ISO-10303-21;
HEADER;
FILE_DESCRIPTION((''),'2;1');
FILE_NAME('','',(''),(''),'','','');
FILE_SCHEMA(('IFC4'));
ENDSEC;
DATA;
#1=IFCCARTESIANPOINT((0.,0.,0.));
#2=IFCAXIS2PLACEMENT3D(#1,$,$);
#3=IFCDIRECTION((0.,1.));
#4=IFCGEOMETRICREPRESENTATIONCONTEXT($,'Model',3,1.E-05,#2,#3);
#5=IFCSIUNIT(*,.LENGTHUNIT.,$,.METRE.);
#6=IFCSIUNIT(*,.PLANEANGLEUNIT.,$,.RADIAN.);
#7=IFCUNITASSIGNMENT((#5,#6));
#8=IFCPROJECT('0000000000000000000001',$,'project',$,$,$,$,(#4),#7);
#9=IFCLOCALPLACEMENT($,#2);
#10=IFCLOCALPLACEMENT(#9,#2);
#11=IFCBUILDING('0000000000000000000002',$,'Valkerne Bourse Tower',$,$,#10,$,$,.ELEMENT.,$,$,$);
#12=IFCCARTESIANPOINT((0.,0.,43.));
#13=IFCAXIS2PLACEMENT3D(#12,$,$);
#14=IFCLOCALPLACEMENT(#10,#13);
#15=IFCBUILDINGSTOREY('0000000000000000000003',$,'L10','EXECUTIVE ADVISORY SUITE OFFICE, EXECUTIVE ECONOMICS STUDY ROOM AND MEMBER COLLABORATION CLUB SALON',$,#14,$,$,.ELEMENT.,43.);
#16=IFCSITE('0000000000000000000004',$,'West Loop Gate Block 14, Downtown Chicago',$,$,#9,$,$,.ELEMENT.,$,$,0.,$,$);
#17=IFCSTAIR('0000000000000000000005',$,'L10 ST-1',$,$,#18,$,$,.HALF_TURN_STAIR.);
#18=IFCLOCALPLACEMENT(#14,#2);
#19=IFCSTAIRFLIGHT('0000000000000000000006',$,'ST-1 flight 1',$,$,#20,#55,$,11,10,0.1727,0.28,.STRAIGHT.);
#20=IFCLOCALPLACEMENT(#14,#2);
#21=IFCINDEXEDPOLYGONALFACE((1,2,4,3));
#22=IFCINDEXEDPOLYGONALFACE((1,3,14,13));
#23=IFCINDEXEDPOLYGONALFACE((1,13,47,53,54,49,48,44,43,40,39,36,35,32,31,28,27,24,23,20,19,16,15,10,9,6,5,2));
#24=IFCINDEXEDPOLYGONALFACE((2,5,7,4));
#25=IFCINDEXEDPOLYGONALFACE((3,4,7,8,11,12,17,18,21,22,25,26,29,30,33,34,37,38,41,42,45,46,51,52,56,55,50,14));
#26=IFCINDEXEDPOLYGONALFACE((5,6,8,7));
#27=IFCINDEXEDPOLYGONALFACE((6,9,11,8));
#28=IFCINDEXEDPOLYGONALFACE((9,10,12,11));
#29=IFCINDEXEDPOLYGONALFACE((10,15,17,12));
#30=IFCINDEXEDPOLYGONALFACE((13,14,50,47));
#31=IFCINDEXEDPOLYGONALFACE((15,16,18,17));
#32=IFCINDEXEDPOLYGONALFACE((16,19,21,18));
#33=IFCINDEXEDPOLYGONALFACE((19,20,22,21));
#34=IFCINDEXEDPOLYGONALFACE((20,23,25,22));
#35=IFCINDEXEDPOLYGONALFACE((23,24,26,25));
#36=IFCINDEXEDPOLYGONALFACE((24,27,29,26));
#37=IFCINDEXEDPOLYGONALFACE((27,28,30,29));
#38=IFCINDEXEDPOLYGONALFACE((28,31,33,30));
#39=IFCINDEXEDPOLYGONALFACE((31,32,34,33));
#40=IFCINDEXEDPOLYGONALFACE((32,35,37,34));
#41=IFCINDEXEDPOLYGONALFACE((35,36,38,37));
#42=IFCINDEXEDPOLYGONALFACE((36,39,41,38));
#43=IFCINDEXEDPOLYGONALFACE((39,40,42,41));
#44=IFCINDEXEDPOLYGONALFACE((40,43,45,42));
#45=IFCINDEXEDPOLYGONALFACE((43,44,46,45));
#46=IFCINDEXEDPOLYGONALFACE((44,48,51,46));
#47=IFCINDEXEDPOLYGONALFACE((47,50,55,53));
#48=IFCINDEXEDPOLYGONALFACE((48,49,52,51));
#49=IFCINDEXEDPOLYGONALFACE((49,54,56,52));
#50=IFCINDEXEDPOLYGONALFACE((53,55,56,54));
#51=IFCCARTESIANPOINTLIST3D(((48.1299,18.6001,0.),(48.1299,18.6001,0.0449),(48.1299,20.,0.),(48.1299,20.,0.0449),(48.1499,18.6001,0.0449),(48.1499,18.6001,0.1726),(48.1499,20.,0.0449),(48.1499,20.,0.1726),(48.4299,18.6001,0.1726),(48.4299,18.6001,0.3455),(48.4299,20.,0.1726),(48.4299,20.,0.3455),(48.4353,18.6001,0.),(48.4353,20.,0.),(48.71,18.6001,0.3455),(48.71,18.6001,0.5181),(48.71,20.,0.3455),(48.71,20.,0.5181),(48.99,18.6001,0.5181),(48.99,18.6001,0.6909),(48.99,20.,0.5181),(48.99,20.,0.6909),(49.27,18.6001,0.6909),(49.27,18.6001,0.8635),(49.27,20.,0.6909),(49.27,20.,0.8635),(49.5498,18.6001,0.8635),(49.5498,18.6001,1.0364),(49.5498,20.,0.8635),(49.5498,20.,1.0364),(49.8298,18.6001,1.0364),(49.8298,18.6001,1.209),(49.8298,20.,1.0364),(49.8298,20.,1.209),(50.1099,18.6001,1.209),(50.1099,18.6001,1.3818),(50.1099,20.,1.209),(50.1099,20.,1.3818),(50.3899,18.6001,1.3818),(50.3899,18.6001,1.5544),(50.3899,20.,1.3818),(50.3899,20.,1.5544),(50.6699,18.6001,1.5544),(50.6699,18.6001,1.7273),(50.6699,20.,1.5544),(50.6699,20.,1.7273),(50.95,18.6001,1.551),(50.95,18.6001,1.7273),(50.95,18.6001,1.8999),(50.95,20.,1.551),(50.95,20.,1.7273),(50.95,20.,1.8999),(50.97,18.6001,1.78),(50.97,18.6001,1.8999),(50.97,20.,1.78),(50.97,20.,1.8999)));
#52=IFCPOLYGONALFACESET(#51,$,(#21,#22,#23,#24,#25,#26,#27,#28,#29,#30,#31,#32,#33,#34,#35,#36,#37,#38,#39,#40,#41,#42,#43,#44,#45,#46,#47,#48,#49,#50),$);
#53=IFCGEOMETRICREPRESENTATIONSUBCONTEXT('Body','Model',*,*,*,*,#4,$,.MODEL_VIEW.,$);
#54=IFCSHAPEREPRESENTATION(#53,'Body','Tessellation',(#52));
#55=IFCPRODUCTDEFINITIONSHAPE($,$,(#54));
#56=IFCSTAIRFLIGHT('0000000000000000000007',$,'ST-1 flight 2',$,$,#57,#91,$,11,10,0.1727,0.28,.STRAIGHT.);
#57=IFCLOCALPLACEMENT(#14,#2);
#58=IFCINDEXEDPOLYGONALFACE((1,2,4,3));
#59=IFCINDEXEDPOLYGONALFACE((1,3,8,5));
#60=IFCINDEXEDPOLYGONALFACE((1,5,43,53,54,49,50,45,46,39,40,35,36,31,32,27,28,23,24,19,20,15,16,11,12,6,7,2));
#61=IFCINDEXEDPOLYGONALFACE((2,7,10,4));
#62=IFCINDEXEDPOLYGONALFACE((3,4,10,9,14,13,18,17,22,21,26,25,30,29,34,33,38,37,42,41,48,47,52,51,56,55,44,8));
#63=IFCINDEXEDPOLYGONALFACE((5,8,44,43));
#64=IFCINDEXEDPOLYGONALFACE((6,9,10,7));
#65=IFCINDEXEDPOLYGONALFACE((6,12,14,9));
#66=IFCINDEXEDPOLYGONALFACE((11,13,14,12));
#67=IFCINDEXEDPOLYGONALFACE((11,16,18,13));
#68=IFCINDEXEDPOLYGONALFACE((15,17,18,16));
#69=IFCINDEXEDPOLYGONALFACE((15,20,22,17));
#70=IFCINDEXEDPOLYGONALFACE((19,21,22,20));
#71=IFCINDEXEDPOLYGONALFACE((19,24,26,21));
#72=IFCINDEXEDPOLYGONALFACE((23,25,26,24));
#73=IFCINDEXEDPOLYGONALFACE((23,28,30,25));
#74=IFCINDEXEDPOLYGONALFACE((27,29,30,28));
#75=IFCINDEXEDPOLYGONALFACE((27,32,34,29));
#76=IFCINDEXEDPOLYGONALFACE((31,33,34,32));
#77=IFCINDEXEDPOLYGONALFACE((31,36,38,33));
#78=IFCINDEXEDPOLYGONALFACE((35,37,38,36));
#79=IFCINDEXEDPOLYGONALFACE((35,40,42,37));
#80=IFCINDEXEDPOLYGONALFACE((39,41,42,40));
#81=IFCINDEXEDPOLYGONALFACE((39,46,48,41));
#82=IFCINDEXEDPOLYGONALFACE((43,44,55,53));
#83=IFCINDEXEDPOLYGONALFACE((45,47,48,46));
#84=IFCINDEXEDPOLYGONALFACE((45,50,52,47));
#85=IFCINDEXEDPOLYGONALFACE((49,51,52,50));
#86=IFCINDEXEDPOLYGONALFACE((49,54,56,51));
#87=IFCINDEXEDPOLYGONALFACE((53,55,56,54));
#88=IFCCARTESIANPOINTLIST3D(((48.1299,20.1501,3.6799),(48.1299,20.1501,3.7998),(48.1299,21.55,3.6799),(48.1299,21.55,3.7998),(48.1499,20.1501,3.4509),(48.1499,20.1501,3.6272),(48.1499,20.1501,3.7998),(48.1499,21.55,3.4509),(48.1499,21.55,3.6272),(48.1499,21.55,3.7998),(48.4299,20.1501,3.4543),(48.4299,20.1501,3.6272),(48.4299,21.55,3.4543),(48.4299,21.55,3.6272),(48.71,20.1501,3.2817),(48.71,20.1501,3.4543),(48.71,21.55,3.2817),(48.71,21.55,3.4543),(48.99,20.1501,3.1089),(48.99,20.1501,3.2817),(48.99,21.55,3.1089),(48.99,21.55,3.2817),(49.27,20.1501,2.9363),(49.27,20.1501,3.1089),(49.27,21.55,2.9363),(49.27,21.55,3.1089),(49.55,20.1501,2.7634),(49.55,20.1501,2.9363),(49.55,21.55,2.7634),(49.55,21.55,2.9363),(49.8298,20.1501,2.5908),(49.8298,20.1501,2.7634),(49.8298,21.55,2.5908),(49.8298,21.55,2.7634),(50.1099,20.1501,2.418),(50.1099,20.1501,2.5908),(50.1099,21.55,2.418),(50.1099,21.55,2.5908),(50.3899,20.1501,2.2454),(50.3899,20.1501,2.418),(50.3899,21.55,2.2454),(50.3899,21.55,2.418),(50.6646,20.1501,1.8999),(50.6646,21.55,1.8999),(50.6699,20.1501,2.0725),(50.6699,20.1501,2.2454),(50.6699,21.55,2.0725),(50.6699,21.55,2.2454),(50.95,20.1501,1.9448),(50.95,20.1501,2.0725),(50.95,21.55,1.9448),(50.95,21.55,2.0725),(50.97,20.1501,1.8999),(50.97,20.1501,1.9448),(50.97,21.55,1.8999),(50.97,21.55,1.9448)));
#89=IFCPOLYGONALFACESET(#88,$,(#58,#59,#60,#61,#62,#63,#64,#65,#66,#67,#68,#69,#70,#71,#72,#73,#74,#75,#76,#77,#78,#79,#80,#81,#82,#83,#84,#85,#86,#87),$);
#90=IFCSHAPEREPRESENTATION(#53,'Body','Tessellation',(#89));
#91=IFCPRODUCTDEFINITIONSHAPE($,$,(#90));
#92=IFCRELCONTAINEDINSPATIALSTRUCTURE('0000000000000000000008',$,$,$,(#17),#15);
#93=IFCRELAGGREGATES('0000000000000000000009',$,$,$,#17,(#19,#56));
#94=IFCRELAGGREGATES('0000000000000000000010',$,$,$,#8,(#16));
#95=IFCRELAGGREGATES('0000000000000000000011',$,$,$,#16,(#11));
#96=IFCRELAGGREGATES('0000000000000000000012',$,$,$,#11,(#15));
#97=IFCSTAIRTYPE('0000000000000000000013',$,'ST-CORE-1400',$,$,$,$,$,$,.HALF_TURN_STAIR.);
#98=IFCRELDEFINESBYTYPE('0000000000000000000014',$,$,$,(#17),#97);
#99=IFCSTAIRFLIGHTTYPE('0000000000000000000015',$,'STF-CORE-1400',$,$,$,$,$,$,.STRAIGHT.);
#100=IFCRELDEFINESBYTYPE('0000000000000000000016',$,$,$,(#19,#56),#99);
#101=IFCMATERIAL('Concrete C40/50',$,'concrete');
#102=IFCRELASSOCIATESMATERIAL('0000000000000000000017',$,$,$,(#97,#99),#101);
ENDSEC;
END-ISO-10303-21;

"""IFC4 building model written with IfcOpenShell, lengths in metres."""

from ifc_helpers import new_model, si_unit, direction, frame, origin, place, context, subcontext, project, spatial, polyline, outline, extrude, material, type_object, element, aggregate, save


model = new_model("IFC4")

# Units and contexts
model_context = context("Model", 3, precision=1e-05, world=origin(), true_north=direction((0.0, 1.0)))
body_context = subcontext(model_context, "Body", "Model", "MODEL_VIEW")
ifc_project = project(units=[si_unit("LENGTHUNIT", "METRE"), si_unit("PLANEANGLEUNIT", "RADIAN")], contexts=[model_context])

# Site, building, storey
site_placement = place(None, origin())
site = spatial("IfcSite", under=ifc_project, at=site_placement, Name="West Loop Gate Block 14, Downtown Chicago", CompositionType="ELEMENT", RefElevation=0.0)
building_placement = place(site_placement, origin())
building = spatial("IfcBuilding", under=site, at=building_placement, Name="Valkerne Bourse Tower", CompositionType="ELEMENT")
storey_placement = place(building_placement, frame((0.0, 0.0, 43.0)))
storey = spatial("IfcBuildingStorey", under=building, at=storey_placement, Name="L10", Description="EXECUTIVE ADVISORY SUITE OFFICE, EXECUTIVE ECONOMICS STUDY ROOM AND MEMBER COLLABORATION CLUB SALON", CompositionType="ELEMENT", Elevation=43.0)

# Stair, stair flights
ifc_material_1 = material(Name="Concrete C40/50", Category="concrete")
stair_type = type_object("IfcStairType", Name="ST-CORE-1400", PredefinedType="HALF_TURN_STAIR", material=ifc_material_1)
stair_placement = place(storey_placement, origin())
stair = element("IfcStair", 1, at=stair_placement, inside=storey, type_object=stair_type, Name="L10 ST-1", PredefinedType="HALF_TURN_STAIR")
stair_flight_type = type_object("IfcStairFlightType", Name="STF-CORE-1400", PredefinedType="STRAIGHT", material=ifc_material_1)
stair_flight_1_placement = place(storey_placement, frame((48.1499, 19.3, 0.0), z_axis=(0.0, 0.0, 1.0), x_axis=(1.0, 0.0, 0.0)))
stair_flight_1 = element("IfcStairFlight", 2, at=stair_flight_1_placement, type_object=stair_flight_type, Name="ST-1 flight 1", NumberOfRisers=11, NumberOfTreads=10, PredefinedType="STRAIGHT", RiserHeight=0.1727, TreadLength=0.28, context=body_context, shape_type="SweptSolid", body=[
    extrude(outline(polyline([(-0.02, 0.0), (-0.02, 0.0449), (0.0, 0.0449), (0.0, 0.1726), (0.28, 0.1726), (0.28, 0.3455), (0.5601, 0.3455), (0.5601, 0.5181), (0.8401, 0.5181), (0.8401, 0.6909), (1.1201, 0.6909), (1.1201, 0.8635), (1.3999, 0.8635), (1.3999, 1.0364), (1.6799, 1.0364), (1.6799, 1.209), (1.96, 1.209), (1.96, 1.3818), (2.24, 1.3818), (2.24, 1.5544), (2.52, 1.5544), (2.52, 1.7273), (2.8, 1.7273), (2.8, 1.8999), (2.8201, 1.8999), (2.8201, 1.78), (2.8, 1.551), (0.2854, 0.0), (-0.02, 0.0)])), frame((0.0, 0.7, 0.0), z_axis=(0.0, -1.0, 0.0), x_axis=(1.0, 0.0, 0.0)), (0.0, 0.0, 1.0), 1.3999),
])
stair_flight_2_placement = place(storey_placement, frame((50.95, 20.8501, 1.8999), z_axis=(0.0, 0.0, 1.0), x_axis=(-1.0, 0.0, 0.0)))
stair_flight_2 = element("IfcStairFlight", 3, at=stair_flight_2_placement, type_object=stair_flight_type, Name="ST-1 flight 2", NumberOfRisers=11, NumberOfTreads=10, PredefinedType="STRAIGHT", RiserHeight=0.1727, TreadLength=0.28, context=body_context, shape_type="SweptSolid", body=[
    extrude(outline(polyline([(-0.02, 0.0), (-0.02, 0.0449), (0.0, 0.0449), (0.0, 0.1726), (0.28, 0.1726), (0.28, 0.3455), (0.5601, 0.3455), (0.5601, 0.5181), (0.8401, 0.5181), (0.8401, 0.6909), (1.1201, 0.6909), (1.1201, 0.8635), (1.3999, 0.8635), (1.3999, 1.0364), (1.6799, 1.0364), (1.6799, 1.209), (1.96, 1.209), (1.96, 1.3818), (2.24, 1.3818), (2.24, 1.5544), (2.52, 1.5544), (2.52, 1.7273), (2.8, 1.7273), (2.8, 1.8999), (2.8201, 1.8999), (2.8201, 1.78), (2.8, 1.551), (0.2854, 0.0), (-0.02, 0.0)])), frame((0.0, 0.7, 0.0), z_axis=(0.0, -1.0, 0.0), x_axis=(1.0, 0.0, 0.0)), (0.0, 0.0, 1.0), 1.3999),
])
aggregate(stair, [stair_flight_1, stair_flight_2])

save(model, "model.ifc")
